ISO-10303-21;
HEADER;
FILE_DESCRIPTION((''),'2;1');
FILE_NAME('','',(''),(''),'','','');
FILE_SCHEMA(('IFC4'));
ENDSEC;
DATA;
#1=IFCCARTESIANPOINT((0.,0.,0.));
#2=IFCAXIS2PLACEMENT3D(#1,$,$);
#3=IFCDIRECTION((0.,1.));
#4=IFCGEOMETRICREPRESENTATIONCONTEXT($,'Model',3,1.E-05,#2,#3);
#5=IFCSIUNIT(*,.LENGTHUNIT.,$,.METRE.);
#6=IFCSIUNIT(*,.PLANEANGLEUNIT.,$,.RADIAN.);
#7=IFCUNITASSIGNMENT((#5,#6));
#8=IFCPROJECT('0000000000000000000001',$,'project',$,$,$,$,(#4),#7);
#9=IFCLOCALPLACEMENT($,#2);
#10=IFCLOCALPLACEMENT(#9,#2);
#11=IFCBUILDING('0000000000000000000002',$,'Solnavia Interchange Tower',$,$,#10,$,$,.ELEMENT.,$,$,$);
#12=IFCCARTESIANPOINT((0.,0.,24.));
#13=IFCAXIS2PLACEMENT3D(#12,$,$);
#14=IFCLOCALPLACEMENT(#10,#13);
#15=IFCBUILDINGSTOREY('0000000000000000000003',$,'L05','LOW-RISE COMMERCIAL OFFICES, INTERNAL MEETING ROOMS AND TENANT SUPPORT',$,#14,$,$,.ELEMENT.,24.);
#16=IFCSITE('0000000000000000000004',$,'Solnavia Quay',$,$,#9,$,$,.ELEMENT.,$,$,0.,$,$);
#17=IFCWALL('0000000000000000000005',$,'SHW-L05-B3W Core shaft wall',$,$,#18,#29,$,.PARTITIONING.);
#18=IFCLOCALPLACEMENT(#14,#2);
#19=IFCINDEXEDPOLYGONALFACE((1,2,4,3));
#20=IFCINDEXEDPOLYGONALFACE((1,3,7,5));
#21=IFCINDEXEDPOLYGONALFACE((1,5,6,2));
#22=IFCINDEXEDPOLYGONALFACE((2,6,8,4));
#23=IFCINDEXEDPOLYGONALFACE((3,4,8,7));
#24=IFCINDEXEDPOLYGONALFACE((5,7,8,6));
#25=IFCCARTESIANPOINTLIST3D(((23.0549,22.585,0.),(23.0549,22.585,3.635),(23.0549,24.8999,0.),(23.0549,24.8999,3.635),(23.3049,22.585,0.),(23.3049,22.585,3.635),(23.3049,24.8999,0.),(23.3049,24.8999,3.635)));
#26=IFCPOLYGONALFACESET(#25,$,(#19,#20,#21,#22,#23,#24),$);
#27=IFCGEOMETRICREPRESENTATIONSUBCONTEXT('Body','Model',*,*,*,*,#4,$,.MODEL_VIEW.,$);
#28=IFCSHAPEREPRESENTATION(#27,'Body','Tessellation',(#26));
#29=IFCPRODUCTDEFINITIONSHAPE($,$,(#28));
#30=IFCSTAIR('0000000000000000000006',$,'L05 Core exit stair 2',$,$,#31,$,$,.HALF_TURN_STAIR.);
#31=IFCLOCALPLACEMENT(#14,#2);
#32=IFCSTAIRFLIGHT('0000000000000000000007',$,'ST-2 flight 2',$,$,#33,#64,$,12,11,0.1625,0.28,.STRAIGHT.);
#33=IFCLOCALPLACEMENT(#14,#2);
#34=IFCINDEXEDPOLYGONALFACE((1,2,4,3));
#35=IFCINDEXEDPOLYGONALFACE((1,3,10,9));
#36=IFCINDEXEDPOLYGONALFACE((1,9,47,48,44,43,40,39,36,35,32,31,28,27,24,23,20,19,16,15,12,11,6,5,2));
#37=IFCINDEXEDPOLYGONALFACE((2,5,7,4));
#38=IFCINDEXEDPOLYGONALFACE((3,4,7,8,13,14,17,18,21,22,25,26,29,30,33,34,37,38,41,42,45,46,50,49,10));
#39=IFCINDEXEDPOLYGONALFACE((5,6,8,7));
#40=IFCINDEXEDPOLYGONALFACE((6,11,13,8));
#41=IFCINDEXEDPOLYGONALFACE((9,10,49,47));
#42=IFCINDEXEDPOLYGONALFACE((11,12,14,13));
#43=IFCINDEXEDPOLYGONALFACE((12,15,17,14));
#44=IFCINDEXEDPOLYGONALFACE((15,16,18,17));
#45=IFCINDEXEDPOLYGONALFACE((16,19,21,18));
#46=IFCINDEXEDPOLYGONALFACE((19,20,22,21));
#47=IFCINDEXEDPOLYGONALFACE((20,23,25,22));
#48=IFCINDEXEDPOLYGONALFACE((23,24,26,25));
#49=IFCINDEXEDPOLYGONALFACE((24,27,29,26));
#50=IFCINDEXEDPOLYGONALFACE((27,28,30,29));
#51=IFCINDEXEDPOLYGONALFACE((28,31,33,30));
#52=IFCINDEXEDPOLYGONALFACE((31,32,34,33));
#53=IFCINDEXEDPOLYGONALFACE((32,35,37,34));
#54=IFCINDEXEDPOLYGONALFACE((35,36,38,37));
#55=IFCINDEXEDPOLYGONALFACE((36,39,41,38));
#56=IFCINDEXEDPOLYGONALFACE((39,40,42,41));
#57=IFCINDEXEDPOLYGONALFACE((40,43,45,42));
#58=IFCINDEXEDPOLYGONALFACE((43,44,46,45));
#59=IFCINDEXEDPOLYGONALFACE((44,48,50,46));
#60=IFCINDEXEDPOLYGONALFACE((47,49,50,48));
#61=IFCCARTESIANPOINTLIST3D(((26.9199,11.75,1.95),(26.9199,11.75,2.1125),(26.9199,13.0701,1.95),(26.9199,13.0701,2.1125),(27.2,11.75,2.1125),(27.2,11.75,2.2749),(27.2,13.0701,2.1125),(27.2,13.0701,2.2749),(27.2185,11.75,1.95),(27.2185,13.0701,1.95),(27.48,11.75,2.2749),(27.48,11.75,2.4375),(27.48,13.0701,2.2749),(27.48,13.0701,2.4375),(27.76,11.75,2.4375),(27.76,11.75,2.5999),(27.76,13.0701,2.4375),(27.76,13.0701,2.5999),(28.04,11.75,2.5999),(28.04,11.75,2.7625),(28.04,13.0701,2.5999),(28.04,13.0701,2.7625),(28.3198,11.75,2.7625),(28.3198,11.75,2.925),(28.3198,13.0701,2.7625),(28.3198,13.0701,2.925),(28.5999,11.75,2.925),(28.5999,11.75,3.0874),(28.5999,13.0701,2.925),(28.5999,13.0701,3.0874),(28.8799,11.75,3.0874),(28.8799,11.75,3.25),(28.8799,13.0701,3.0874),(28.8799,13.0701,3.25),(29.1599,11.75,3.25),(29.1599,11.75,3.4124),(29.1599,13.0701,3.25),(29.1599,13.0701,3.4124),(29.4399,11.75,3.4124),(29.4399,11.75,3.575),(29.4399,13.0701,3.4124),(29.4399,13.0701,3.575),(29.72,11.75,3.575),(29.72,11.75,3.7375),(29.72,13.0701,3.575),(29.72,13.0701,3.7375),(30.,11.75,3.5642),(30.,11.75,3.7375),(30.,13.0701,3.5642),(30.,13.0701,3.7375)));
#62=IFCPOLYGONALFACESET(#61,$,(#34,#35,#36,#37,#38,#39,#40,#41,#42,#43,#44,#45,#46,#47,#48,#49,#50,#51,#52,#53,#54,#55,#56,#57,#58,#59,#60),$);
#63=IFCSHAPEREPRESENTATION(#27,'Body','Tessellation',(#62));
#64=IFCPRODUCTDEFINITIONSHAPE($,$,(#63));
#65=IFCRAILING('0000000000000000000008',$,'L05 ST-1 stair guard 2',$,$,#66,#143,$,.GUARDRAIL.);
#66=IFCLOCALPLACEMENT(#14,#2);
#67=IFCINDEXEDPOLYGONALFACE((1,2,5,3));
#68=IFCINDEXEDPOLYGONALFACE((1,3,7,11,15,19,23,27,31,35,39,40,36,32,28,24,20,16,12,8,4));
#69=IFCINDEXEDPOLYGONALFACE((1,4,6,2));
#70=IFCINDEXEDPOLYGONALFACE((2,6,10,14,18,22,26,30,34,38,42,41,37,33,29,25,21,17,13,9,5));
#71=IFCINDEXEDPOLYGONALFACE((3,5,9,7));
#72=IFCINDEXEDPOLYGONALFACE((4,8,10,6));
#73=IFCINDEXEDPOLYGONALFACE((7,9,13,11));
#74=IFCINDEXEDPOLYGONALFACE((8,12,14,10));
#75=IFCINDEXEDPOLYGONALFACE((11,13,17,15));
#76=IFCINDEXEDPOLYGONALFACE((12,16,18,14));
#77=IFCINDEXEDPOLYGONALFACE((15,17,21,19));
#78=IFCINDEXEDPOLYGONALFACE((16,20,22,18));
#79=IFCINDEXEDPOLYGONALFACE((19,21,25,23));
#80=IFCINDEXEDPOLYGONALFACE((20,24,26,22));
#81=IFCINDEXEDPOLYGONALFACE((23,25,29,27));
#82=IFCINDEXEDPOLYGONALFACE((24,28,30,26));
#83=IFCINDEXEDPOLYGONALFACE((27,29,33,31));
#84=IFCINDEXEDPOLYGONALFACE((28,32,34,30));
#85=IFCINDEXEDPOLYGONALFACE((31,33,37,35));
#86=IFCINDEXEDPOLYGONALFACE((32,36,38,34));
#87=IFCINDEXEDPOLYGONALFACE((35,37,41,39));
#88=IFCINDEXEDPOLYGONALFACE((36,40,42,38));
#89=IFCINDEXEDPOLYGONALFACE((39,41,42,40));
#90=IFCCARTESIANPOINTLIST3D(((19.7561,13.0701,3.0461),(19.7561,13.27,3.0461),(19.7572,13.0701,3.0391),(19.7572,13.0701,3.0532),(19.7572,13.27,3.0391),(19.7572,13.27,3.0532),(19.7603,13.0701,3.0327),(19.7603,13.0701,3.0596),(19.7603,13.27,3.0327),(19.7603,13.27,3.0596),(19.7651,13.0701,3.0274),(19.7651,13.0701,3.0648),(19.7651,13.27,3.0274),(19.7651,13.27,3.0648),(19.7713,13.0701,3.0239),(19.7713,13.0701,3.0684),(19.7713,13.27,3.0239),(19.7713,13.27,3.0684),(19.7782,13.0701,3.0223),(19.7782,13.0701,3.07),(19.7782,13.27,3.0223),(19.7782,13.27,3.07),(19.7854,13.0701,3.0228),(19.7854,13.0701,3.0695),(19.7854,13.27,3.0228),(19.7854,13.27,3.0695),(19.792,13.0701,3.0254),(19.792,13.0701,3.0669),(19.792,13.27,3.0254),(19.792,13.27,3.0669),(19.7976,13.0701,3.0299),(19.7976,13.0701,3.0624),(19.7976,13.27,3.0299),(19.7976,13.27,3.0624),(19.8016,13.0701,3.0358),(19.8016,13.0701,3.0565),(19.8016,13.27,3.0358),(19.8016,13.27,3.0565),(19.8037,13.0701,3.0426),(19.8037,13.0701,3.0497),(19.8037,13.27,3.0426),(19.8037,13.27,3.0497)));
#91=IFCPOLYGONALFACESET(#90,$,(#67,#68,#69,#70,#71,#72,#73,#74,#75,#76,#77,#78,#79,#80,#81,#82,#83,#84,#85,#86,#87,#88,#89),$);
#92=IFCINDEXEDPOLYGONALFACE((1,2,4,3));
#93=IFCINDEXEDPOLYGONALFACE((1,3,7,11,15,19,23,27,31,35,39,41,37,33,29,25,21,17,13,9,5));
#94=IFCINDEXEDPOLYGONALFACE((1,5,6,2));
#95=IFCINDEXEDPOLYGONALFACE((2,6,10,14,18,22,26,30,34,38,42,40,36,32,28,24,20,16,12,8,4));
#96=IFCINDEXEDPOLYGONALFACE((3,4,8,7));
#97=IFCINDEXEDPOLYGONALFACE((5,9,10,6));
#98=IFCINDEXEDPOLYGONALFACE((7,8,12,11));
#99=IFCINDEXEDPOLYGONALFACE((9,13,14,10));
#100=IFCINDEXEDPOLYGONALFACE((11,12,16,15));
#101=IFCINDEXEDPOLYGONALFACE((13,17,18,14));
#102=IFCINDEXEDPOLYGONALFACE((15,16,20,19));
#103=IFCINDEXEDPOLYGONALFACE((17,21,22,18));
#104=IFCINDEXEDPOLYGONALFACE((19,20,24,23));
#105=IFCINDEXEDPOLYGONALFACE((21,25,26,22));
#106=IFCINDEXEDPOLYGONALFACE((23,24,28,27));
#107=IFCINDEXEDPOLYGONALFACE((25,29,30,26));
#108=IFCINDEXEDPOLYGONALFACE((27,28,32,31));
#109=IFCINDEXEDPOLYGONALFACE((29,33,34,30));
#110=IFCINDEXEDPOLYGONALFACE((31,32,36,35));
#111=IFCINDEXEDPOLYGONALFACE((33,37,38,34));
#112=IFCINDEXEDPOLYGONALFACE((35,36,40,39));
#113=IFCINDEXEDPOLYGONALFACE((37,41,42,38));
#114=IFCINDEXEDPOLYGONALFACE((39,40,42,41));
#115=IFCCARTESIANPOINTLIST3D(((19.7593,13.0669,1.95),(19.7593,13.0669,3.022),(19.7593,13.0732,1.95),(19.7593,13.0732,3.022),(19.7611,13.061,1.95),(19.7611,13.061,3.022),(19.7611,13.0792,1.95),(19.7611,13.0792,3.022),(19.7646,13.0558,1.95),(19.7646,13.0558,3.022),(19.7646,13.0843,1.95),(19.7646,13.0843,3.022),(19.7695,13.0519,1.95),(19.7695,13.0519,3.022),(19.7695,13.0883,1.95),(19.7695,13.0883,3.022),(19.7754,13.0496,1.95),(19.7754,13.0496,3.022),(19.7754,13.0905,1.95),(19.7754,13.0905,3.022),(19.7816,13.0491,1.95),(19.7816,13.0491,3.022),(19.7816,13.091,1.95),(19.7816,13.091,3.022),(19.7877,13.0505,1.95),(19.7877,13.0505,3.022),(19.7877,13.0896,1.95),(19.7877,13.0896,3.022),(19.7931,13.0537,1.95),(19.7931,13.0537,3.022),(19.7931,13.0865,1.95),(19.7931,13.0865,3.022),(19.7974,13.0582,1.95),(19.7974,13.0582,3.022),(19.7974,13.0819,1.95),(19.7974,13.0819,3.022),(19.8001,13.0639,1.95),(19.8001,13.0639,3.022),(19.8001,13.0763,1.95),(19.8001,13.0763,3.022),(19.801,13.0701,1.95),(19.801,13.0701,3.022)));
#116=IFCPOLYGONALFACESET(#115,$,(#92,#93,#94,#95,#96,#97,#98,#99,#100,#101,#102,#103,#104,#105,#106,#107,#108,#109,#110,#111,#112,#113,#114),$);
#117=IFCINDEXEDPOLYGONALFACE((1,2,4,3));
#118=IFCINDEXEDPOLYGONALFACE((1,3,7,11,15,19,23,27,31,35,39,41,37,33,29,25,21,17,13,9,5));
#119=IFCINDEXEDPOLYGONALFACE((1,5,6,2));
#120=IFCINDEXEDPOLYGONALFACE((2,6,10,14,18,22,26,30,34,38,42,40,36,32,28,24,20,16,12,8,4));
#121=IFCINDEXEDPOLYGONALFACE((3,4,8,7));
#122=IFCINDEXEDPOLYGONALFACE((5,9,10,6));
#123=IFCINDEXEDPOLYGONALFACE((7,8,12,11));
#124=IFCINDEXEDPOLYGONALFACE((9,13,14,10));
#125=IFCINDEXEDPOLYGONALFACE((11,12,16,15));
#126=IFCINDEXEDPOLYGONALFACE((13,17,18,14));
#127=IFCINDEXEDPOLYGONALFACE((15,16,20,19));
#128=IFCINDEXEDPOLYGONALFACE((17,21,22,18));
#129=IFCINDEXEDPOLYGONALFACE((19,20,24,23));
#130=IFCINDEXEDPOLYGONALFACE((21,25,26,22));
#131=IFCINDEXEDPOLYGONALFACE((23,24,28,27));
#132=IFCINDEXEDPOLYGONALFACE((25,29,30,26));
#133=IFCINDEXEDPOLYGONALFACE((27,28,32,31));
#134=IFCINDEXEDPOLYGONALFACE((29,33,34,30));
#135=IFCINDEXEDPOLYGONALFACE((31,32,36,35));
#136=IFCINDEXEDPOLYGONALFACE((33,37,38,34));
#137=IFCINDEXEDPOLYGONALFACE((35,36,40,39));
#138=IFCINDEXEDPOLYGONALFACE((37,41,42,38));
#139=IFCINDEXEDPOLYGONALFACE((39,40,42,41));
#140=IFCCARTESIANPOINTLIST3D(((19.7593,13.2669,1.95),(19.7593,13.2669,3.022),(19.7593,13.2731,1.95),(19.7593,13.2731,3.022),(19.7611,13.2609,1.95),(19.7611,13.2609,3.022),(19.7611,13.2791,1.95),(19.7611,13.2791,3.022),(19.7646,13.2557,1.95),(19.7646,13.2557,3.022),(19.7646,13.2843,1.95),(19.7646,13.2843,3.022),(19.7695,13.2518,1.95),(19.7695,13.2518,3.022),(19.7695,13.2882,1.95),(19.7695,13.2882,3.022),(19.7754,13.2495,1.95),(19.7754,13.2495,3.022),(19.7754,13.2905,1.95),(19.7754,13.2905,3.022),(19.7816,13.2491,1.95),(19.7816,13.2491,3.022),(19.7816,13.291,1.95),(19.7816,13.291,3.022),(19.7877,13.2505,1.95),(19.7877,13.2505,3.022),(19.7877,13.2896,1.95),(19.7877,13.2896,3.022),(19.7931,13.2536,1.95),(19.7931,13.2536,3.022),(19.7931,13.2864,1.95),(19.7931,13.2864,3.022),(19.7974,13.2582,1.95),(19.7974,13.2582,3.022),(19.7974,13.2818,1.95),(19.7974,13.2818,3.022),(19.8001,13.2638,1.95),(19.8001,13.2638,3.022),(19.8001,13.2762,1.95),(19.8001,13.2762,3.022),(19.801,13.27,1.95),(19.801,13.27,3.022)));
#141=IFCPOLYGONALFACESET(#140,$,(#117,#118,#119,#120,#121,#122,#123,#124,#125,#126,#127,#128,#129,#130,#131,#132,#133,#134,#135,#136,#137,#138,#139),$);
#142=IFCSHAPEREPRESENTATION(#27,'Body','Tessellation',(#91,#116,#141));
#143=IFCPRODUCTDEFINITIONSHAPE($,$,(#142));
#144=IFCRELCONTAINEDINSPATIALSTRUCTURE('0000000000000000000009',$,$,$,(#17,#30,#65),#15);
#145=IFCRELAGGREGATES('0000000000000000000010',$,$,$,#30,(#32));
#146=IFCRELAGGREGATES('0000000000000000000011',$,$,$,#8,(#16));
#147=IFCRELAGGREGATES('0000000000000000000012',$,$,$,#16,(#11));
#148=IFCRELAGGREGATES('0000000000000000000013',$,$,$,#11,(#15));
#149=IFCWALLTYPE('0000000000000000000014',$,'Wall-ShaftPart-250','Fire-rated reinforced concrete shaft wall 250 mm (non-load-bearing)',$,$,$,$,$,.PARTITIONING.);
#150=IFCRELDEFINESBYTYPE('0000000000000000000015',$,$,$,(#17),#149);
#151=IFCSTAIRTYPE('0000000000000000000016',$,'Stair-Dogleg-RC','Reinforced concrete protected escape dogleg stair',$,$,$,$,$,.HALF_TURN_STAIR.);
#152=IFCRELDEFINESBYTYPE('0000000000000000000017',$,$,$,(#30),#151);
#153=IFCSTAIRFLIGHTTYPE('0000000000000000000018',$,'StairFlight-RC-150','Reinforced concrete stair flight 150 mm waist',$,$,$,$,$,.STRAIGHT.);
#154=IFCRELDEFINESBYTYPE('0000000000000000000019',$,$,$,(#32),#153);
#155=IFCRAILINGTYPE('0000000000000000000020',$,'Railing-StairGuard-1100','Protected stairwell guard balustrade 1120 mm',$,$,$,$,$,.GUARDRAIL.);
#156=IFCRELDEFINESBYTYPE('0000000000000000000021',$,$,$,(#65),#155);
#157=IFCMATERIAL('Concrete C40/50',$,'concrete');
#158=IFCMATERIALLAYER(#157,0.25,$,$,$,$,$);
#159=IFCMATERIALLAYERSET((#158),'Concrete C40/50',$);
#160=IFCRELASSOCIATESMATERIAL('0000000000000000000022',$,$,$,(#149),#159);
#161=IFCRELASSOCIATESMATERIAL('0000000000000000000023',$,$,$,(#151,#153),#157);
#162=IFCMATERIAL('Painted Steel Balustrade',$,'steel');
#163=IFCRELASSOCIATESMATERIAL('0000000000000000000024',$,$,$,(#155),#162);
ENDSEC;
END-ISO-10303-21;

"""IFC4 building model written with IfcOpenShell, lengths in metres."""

from ifc_helpers import new_model, si_unit, direction, frame, frame_2d, origin, origin_2d, place, context, subcontext, project, spatial, polyline, rectangle, circle, outline, extrude, material, layer, layer_set, type_object, element, aggregate, save


model = new_model("IFC4")

# Units and contexts
model_context = context("Model", 3, precision=1e-05, world=origin(), true_north=direction((0.0, 1.0)))
body_context = subcontext(model_context, "Body", "Model", "MODEL_VIEW")
ifc_project = project(units=[si_unit("LENGTHUNIT", "METRE"), si_unit("PLANEANGLEUNIT", "RADIAN")], contexts=[model_context])

# Site, building, storey
site_placement = place(None, origin())
site = spatial("IfcSite", under=ifc_project, at=site_placement, Name="Solnavia Quay", CompositionType="ELEMENT", RefElevation=0.0)
building_placement = place(site_placement, origin())
building = spatial("IfcBuilding", under=site, at=building_placement, Name="Solnavia Interchange Tower", CompositionType="ELEMENT")
storey_placement = place(building_placement, frame((0.0, 0.0, 24.0)))
storey = spatial("IfcBuildingStorey", under=building, at=storey_placement, Name="L05", Description="LOW-RISE COMMERCIAL OFFICES, INTERNAL MEETING ROOMS AND TENANT SUPPORT", CompositionType="ELEMENT", Elevation=24.0)

# Shared definitions
ifc_material_1 = material(Name="Concrete C40/50", Category="concrete")

# Shared definitions
ifc_layer_1 = layer(ifc_material_1, 0.25)
ifc_layer_set_1 = layer_set([ifc_layer_1], Name="Concrete C40/50")
wall_type_1 = type_object("IfcWallType", Name="Wall-ShaftPart-250", Description="Fire-rated reinforced concrete shaft wall 250 mm (non-load-bearing)", PredefinedType="PARTITIONING", material=ifc_layer_set_1)

# Wall
wall_1_placement = place(storey_placement, frame((23.1799, 22.585, 0.0), z_axis=(0.0, 0.0, 1.0), x_axis=(0.0, 1.0, 0.0)))
element("IfcWall", 1, at=wall_1_placement, inside=storey, type_object=wall_type_1, Name="SHW-L05-B3W Core shaft wall", PredefinedType="PARTITIONING", context=body_context, shape_type="SweptSolid", body=[
    extrude(rectangle(XDim=2.3149, YDim=0.25, at=frame_2d((1.1575, 0.0))), origin(), (0.0, 0.0, 1.0), 3.635),
])

# Stair, stair flight
stair_type = type_object("IfcStairType", Name="Stair-Dogleg-RC", Description="Reinforced concrete protected escape dogleg stair", PredefinedType="HALF_TURN_STAIR", material=ifc_material_1)
stair_placement = place(storey_placement, origin())
stair = element("IfcStair", 2, at=stair_placement, inside=storey, type_object=stair_type, Name="L05 Core exit stair 2", PredefinedType="HALF_TURN_STAIR")
stair_flight_type = type_object("IfcStairFlightType", Name="StairFlight-RC-150", Description="Reinforced concrete stair flight 150 mm waist", PredefinedType="STRAIGHT", material=ifc_material_1)
stair_flight_placement = place(storey_placement, frame((26.9199, 12.4099, 1.95), z_axis=(0.0, 0.0, 1.0), x_axis=(1.0, 0.0, 0.0)))
stair_flight = element("IfcStairFlight", 3, at=stair_flight_placement, type_object=stair_flight_type, Name="ST-2 flight 2", NumberOfRisers=12, NumberOfTreads=11, PredefinedType="STRAIGHT", RiserHeight=0.1625, TreadLength=0.28, context=body_context, shape_type="SweptSolid", body=[
    extrude(outline(polyline([(0.0, 0.0), (0.0, 0.1626), (0.28, 0.1626), (0.28, 0.325), (0.5601, 0.325), (0.5601, 0.4875), (0.8401, 0.4875), (0.8401, 0.6499), (1.1201, 0.6499), (1.1201, 0.8125), (1.3999, 0.8125), (1.3999, 0.9751), (1.6799, 0.9751), (1.6799, 1.1375), (1.96, 1.1375), (1.96, 1.3), (2.24, 1.3), (2.24, 1.4624), (2.52, 1.4624), (2.52, 1.625), (2.8, 1.625), (2.8, 1.7876), (3.0801, 1.7876), (3.0801, 1.95), (3.0801, 1.6143), (0.2986, 0.0), (0.0, 0.0)])), frame((0.0, 0.6602, 0.0), z_axis=(0.0, -1.0, 0.0), x_axis=(1.0, 0.0, 0.0)), (0.0, 0.0, 1.0), 1.3201),
])
aggregate(stair, [stair_flight])

# Railing
ifc_material_2 = material(Name="Painted Steel Balustrade", Category="steel")
railing_type = type_object("IfcRailingType", Name="Railing-StairGuard-1100", Description="Protected stairwell guard balustrade 1120 mm", PredefinedType="GUARDRAIL", material=ifc_material_2)
railing_1_placement = place(storey_placement, frame((19.78, 13.0701, 1.95)))
element("IfcRailing", 4, at=railing_1_placement, inside=storey, type_object=railing_type, Name="L05 ST-1 stair guard 2", PredefinedType="GUARDRAIL", context=body_context, shape_type="SweptSolid", body=[
    extrude(circle(Radius=0.0239, at=origin_2d()), frame((0.0, 0.0, 1.0962), z_axis=(0.0, 1.0, 0.0), x_axis=(-1.0, 0.0, 0.0)), (0.0, 0.0, 1.0), 0.2),
    extrude(circle(Radius=0.021, at=origin_2d()), origin(), (0.0, 0.0, 1.0), 1.072),
    extrude(circle(Radius=0.021, at=origin_2d()), frame((0.0, 0.2, 0.0)), (0.0, 0.0, 1.0), 1.072),
])

save(model, "model.ifc")
